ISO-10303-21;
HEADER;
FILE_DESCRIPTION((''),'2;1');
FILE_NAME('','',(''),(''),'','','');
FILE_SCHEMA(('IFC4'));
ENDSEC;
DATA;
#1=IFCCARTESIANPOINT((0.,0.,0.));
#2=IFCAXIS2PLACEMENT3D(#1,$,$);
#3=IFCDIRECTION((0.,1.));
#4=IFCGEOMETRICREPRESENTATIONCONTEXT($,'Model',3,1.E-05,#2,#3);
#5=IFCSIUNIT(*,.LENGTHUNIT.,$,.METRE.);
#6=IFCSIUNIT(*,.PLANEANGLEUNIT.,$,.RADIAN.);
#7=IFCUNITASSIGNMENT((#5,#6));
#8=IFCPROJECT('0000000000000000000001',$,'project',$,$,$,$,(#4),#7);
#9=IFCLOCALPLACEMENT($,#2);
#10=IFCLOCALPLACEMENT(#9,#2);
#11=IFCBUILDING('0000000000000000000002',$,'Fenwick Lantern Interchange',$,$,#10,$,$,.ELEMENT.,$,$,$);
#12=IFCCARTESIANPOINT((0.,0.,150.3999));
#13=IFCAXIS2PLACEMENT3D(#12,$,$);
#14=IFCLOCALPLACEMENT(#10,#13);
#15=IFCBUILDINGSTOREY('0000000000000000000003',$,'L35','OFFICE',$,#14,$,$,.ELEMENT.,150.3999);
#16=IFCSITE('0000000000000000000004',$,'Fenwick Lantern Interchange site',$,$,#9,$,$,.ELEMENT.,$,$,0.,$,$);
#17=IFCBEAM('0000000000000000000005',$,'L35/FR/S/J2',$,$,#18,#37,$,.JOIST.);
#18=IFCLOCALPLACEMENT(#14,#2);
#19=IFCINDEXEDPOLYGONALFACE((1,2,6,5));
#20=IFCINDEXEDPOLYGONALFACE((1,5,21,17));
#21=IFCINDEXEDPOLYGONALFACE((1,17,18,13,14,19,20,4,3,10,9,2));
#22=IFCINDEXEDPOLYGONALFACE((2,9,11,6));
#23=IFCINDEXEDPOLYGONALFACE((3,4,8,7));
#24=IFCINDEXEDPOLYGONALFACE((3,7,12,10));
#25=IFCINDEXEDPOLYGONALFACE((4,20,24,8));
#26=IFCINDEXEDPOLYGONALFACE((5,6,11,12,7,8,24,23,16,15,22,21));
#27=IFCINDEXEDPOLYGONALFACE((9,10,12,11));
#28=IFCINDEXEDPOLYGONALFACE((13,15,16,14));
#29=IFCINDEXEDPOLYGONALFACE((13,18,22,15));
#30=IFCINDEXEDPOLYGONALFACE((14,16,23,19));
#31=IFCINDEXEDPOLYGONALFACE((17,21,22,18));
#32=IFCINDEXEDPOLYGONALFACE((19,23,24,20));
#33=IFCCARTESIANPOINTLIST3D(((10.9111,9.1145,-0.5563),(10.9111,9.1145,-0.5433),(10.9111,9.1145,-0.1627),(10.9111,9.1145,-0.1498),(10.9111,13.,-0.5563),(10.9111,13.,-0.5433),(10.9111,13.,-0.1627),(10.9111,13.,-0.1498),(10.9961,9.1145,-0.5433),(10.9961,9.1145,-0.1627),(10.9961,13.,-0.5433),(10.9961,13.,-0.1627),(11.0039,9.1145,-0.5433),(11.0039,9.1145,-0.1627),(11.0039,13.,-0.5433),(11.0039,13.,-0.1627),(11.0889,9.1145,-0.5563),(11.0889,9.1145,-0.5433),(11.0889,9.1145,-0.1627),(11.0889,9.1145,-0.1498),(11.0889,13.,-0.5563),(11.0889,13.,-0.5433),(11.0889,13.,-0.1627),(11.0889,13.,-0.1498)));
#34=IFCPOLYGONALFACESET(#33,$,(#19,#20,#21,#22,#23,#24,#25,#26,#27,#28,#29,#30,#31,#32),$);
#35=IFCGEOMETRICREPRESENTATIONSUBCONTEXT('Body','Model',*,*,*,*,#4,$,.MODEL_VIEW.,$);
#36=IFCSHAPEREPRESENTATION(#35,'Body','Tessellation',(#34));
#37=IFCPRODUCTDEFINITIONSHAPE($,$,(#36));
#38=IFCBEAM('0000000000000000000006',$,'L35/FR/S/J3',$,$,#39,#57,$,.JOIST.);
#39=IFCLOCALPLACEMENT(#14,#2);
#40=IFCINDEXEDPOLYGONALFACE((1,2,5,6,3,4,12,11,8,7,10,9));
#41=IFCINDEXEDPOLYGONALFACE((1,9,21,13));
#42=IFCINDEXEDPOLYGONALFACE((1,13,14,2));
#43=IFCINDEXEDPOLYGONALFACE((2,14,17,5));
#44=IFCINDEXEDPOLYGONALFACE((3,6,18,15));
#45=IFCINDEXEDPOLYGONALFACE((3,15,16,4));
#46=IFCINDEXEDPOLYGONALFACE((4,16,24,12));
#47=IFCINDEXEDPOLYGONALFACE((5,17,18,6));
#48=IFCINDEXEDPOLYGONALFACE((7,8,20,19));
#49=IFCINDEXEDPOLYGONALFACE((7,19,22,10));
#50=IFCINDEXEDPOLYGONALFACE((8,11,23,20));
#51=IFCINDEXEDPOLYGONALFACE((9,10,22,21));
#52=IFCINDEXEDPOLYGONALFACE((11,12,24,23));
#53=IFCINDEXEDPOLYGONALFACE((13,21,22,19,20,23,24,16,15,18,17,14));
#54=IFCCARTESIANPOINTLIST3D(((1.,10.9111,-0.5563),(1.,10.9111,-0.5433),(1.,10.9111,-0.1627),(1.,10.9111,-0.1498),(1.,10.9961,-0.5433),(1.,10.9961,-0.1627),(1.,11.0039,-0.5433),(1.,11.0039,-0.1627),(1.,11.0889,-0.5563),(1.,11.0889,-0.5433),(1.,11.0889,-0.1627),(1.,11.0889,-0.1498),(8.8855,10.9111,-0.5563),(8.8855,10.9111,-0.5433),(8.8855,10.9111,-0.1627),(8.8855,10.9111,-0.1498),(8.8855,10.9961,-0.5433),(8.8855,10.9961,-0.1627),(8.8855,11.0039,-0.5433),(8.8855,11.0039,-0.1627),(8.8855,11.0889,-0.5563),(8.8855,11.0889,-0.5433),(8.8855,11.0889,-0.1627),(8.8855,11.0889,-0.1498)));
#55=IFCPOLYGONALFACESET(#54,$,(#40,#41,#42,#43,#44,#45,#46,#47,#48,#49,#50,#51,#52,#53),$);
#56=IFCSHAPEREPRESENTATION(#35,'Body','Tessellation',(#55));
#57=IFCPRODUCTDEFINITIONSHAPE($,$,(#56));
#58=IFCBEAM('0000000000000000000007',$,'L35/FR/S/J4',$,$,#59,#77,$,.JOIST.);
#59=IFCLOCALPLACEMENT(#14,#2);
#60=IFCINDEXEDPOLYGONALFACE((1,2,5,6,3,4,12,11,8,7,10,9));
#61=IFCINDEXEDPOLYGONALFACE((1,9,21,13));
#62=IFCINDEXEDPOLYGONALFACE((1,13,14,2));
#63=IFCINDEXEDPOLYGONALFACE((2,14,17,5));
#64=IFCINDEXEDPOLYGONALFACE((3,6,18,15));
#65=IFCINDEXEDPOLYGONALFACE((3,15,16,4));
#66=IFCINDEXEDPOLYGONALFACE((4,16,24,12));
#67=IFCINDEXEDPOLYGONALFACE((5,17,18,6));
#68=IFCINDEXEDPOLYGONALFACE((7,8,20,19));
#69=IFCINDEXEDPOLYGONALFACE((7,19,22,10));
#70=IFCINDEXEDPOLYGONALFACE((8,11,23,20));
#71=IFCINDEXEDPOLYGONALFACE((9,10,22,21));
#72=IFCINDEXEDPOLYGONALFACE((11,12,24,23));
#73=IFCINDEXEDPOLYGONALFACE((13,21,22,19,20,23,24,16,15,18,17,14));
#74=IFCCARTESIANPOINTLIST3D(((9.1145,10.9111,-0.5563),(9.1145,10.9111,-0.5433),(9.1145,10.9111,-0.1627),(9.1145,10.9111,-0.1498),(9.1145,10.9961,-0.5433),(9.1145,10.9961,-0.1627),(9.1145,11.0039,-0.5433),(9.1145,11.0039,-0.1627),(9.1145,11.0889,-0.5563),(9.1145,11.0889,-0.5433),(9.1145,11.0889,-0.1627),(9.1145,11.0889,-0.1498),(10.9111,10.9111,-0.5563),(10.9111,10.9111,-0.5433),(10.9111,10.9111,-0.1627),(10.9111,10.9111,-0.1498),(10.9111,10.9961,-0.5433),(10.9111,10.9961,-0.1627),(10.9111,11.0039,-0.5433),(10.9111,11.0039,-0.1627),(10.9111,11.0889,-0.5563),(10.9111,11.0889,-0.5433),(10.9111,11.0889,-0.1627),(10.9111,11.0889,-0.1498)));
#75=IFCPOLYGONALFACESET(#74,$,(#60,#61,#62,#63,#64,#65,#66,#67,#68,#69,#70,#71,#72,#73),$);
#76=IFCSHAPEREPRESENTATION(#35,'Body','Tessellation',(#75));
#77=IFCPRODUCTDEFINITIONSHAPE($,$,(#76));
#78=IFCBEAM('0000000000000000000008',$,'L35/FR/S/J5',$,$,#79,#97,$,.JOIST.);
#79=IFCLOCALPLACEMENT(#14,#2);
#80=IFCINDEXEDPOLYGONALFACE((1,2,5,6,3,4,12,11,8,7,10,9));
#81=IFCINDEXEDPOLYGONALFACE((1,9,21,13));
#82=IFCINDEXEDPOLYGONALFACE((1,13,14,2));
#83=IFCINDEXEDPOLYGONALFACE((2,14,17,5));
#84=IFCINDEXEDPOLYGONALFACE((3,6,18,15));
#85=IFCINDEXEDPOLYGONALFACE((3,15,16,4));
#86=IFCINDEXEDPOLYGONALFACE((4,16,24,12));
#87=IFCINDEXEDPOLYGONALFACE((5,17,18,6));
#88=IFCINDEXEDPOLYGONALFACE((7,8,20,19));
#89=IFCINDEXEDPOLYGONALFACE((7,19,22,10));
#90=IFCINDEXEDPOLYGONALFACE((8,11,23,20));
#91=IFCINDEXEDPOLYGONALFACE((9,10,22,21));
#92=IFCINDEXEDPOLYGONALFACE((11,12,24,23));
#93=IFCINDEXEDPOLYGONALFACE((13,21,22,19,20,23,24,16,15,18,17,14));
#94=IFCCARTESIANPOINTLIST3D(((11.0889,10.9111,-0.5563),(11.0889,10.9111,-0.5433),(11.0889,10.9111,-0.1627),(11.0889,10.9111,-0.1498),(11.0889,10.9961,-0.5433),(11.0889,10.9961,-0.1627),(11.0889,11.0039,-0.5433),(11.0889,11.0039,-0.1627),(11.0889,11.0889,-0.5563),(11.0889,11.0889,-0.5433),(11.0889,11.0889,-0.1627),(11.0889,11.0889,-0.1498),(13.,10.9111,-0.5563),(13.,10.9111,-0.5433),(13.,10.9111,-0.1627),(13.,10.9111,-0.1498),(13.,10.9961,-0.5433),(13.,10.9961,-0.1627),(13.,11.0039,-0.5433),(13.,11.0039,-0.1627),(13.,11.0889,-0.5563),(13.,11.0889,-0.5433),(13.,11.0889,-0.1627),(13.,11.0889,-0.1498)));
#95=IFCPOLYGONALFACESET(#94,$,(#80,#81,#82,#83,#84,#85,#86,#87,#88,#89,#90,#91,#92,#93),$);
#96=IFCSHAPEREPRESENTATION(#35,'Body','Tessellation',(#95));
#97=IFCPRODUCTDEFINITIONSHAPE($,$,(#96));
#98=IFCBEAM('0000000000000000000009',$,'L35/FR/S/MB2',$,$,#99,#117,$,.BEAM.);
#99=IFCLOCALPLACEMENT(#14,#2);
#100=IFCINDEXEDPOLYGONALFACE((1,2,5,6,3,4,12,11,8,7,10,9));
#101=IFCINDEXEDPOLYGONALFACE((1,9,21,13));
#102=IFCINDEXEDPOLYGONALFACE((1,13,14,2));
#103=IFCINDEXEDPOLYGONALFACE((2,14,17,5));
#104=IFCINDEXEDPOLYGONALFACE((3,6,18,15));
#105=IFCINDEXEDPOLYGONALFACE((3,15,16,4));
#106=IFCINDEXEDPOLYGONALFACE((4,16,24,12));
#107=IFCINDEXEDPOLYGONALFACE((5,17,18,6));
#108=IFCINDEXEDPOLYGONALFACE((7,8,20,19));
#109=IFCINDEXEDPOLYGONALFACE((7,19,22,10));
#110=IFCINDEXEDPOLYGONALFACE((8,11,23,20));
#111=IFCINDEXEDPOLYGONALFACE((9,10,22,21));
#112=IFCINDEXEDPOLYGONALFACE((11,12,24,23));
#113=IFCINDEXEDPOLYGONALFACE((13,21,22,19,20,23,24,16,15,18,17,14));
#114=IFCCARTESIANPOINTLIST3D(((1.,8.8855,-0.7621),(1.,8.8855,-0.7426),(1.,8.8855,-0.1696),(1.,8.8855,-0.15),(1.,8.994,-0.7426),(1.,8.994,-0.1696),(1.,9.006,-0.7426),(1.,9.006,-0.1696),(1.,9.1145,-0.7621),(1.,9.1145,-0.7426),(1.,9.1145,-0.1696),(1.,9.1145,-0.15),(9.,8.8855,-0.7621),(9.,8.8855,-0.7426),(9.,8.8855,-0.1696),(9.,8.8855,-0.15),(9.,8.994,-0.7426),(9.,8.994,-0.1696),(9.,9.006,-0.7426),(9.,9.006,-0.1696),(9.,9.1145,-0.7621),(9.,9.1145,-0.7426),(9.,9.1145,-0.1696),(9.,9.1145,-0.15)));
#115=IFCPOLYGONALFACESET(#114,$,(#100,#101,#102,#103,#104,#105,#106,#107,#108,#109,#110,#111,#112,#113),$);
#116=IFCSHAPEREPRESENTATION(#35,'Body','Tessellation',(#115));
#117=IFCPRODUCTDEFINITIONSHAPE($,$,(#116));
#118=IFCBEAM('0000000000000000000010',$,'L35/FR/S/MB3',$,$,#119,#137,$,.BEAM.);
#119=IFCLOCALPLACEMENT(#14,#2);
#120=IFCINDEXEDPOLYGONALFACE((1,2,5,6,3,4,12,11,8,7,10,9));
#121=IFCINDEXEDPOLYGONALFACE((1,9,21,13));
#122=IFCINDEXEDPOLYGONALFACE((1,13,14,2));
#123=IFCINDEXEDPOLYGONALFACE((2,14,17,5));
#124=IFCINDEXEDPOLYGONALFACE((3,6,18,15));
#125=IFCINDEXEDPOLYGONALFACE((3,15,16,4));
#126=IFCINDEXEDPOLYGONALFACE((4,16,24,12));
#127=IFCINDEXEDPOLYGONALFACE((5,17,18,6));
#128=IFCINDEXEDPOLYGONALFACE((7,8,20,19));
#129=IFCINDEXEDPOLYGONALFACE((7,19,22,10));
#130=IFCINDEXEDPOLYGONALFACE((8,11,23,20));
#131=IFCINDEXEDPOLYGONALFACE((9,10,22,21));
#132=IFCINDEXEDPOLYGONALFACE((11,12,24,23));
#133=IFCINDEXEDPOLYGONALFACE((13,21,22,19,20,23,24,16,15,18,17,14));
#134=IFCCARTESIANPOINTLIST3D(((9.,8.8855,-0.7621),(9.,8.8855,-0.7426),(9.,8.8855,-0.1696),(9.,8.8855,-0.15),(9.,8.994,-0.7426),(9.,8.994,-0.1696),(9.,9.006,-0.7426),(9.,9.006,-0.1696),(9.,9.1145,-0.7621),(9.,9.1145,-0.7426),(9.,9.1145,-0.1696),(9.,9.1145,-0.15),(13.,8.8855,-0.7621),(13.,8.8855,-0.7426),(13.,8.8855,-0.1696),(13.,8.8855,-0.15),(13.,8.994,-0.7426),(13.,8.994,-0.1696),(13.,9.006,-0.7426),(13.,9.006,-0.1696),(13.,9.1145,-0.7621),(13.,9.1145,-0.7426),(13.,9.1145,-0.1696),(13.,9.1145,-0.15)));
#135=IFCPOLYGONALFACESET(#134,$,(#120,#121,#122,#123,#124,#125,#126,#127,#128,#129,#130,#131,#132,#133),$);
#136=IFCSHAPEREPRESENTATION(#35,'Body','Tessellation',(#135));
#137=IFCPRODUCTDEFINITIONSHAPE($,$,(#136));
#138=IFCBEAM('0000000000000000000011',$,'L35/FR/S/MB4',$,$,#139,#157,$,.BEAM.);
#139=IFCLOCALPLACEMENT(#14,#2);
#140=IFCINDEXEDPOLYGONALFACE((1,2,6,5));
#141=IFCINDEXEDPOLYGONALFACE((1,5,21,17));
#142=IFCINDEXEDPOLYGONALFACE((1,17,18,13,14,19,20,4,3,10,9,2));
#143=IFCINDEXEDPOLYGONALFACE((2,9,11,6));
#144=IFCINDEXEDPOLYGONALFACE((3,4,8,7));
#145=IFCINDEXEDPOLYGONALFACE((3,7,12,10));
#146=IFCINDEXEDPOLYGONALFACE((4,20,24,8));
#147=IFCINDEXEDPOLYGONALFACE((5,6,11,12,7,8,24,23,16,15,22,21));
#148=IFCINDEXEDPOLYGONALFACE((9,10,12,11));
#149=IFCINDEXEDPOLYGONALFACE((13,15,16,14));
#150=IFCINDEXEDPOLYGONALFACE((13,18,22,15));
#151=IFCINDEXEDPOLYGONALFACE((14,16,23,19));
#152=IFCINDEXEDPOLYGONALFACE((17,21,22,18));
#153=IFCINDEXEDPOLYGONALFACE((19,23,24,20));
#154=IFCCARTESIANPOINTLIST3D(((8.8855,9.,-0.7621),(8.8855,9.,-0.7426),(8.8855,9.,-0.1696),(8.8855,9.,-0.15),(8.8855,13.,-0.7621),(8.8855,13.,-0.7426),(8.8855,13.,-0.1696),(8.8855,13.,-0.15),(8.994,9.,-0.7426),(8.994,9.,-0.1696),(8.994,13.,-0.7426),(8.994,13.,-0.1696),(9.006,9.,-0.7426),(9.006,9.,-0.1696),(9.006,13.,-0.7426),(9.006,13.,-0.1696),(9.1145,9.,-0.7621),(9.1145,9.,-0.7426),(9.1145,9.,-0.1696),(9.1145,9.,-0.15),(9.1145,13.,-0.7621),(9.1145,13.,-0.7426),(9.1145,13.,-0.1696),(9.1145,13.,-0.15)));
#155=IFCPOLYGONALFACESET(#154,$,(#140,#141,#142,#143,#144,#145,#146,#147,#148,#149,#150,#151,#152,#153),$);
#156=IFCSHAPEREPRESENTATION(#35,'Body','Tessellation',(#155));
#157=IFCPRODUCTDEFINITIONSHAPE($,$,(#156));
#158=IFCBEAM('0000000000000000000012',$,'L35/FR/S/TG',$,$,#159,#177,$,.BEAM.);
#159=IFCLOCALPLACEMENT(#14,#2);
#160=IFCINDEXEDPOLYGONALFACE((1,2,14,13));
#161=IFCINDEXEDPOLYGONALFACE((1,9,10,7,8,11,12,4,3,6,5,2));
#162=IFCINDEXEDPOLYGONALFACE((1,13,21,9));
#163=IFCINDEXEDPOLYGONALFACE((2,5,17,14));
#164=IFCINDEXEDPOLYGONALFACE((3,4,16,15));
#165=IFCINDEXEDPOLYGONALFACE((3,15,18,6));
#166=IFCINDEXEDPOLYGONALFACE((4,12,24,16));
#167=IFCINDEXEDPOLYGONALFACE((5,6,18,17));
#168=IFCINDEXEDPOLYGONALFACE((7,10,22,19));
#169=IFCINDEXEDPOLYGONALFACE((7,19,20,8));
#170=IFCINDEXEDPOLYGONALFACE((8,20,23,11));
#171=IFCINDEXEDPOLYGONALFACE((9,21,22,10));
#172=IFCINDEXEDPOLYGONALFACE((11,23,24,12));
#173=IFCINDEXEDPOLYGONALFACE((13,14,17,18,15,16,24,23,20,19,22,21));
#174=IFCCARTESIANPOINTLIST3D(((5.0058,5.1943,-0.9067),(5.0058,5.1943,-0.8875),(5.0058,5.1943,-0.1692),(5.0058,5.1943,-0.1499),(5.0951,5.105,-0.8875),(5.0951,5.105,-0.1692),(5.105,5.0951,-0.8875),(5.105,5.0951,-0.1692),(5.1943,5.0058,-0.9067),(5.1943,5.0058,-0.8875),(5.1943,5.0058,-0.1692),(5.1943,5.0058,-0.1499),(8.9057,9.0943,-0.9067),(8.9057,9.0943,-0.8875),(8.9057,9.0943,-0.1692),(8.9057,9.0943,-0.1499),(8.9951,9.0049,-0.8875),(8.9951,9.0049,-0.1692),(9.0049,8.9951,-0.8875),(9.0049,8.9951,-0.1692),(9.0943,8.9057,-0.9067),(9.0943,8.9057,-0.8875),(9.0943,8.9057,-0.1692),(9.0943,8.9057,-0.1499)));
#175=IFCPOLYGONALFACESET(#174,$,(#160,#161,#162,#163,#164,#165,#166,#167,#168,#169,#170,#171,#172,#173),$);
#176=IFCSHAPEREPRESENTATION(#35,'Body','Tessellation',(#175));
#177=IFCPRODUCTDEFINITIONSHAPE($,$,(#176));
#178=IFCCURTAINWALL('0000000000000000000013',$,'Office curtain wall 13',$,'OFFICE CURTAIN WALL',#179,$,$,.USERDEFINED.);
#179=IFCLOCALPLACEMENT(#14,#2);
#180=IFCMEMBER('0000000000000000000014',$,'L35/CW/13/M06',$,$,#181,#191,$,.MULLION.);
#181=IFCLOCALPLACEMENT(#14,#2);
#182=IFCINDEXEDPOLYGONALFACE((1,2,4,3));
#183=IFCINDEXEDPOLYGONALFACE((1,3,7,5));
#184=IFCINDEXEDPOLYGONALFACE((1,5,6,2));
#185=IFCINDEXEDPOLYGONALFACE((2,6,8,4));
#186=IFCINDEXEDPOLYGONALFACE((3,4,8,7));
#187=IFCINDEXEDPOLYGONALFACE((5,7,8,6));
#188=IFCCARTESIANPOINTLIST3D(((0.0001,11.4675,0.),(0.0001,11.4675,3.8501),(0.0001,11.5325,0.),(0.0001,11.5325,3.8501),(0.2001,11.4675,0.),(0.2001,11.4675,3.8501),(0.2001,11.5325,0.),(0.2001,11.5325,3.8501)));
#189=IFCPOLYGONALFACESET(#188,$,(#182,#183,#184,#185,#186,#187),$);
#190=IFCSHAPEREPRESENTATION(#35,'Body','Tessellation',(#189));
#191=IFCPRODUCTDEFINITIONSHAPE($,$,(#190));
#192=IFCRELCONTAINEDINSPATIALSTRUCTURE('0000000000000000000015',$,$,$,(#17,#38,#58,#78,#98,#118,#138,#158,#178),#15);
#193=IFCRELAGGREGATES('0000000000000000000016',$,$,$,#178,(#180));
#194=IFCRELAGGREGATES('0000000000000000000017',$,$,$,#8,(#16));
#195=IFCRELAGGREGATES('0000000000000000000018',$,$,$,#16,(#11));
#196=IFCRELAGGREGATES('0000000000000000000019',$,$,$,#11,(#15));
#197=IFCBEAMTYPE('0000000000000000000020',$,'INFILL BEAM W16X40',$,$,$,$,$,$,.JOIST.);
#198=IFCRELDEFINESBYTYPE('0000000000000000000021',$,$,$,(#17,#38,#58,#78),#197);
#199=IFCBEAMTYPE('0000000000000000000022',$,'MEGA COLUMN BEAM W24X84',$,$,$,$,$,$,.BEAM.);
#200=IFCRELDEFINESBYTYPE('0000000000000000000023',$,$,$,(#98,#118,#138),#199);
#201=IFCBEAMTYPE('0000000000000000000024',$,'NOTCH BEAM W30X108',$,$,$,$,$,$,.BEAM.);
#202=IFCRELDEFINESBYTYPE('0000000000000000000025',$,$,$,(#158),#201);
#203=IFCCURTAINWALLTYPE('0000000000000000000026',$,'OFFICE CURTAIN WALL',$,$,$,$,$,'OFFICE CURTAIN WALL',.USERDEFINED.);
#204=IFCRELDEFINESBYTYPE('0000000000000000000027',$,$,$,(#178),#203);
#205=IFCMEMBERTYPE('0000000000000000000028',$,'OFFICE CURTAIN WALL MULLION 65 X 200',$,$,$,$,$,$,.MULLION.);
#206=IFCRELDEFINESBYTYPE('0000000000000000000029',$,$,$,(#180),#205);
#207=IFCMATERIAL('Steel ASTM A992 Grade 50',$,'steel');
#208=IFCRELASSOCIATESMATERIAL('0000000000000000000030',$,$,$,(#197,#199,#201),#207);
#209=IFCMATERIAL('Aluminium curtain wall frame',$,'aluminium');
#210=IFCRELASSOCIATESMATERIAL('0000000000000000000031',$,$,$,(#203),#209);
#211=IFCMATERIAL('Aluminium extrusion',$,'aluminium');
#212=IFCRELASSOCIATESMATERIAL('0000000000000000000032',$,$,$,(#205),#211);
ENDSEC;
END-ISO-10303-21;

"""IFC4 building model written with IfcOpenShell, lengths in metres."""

from ifc_helpers import new_model, si_unit, direction, frame, origin, origin_2d, place, context, subcontext, project, spatial, rectangle, i_section, extrude, material, material_profile, profile_set, type_object, element, aggregate, save


model = new_model("IFC4")

# Units and contexts
model_context = context("Model", 3, precision=1e-05, world=origin(), true_north=direction((0.0, 1.0)))
body_context = subcontext(model_context, "Body", "Model", "MODEL_VIEW")
ifc_project = project(units=[si_unit("LENGTHUNIT", "METRE"), si_unit("PLANEANGLEUNIT", "RADIAN")], contexts=[model_context])

# Site, building, storey
site_placement = place(None, origin())
site = spatial("IfcSite", under=ifc_project, at=site_placement, Name="Fenwick Lantern Interchange site", CompositionType="ELEMENT", RefElevation=0.0)
building_placement = place(site_placement, origin())
building = spatial("IfcBuilding", under=site, at=building_placement, Name="Fenwick Lantern Interchange", CompositionType="ELEMENT")
storey_placement = place(building_placement, frame((0.0, 0.0, 150.3999)))
storey = spatial("IfcBuildingStorey", under=building, at=storey_placement, Name="L35", Description="OFFICE", CompositionType="ELEMENT", Elevation=150.3999)

# Beams
ifc_material_1 = material(Name="Steel ASTM A992 Grade 50", Category="steel")
ifc_material_profile_1 = material_profile(ifc_material_1, i_section(OverallWidth=0.1777, OverallDepth=0.4065, WebThickness=0.0078, FlangeThickness=0.0129, at=origin_2d()), Name="W16X40")
ifc_profile_set_1 = profile_set([ifc_material_profile_1], Name="Steel ASTM A992 Grade 50")
beam_type_1 = type_object("IfcBeamType", Name="INFILL BEAM W16X40", PredefinedType="JOIST", material=ifc_profile_set_1)
beam_1_placement = place(storey_placement, frame((11.0, 9.1145, -0.353), z_axis=(0.0, 1.0, 0.0), x_axis=(-1.0, 0.0, 0.0)))
element("IfcBeam", 1, at=beam_1_placement, inside=storey, type_object=beam_type_1, Name="L35/FR/S/J2", PredefinedType="JOIST", context=body_context, shape_type="SweptSolid", body=[
    extrude(i_section(OverallWidth=0.1777, OverallDepth=0.4065, WebThickness=0.0078, FlangeThickness=0.0129, at=origin_2d()), origin(), (0.0, 0.0, 1.0), 3.8855),
])
beam_2_placement = place(storey_placement, frame((1.0, 11.0, -0.353), z_axis=(1.0, 0.0, 0.0), x_axis=(0.0, 1.0, 0.0)))
element("IfcBeam", 2, at=beam_2_placement, inside=storey, type_object=beam_type_1, Name="L35/FR/S/J3", PredefinedType="JOIST", context=body_context, shape_type="SweptSolid", body=[
    extrude(i_section(OverallWidth=0.1777, OverallDepth=0.4065, WebThickness=0.0078, FlangeThickness=0.0129, at=origin_2d()), origin(), (0.0, 0.0, 1.0), 7.8855),
])
beam_3_placement = place(storey_placement, frame((9.1145, 11.0, -0.353), z_axis=(1.0, 0.0, 0.0), x_axis=(0.0, 1.0, 0.0)))
element("IfcBeam", 3, at=beam_3_placement, inside=storey, type_object=beam_type_1, Name="L35/FR/S/J4", PredefinedType="JOIST", context=body_context, shape_type="SweptSolid", body=[
    extrude(i_section(OverallWidth=0.1777, OverallDepth=0.4065, WebThickness=0.0078, FlangeThickness=0.0129, at=origin_2d()), origin(), (0.0, 0.0, 1.0), 1.7966),
])
beam_4_placement = place(storey_placement, frame((11.0889, 11.0, -0.353), z_axis=(1.0, 0.0, 0.0), x_axis=(0.0, 1.0, 0.0)))
element("IfcBeam", 4, at=beam_4_placement, inside=storey, type_object=beam_type_1, Name="L35/FR/S/J5", PredefinedType="JOIST", context=body_context, shape_type="SweptSolid", body=[
    extrude(i_section(OverallWidth=0.1777, OverallDepth=0.4065, WebThickness=0.0078, FlangeThickness=0.0129, at=origin_2d()), origin(), (0.0, 0.0, 1.0), 1.9111),
])
ifc_material_profile_2 = material_profile(ifc_material_1, i_section(OverallWidth=0.229, OverallDepth=0.6121, WebThickness=0.012, FlangeThickness=0.0195, at=origin_2d()), Name="W24X84")
ifc_profile_set_2 = profile_set([ifc_material_profile_2], Name="Steel ASTM A992 Grade 50")
beam_type_2 = type_object("IfcBeamType", Name="MEGA COLUMN BEAM W24X84", PredefinedType="BEAM", material=ifc_profile_set_2)
beam_5_placement = place(storey_placement, frame((9.0, 9.0, -0.4561), z_axis=(-1.0, 0.0, 0.0), x_axis=(0.0, -1.0, 0.0)))
element("IfcBeam", 5, at=beam_5_placement, inside=storey, type_object=beam_type_2, Name="L35/FR/S/MB2", PredefinedType="BEAM", context=body_context, shape_type="SweptSolid", body=[
    extrude(i_section(OverallWidth=0.229, OverallDepth=0.6121, WebThickness=0.012, FlangeThickness=0.0195, at=origin_2d()), origin(), (0.0, 0.0, 1.0), 8.0),
])
for number, where, z_axis, x_axis, name in (
    (6, (9.0, 9.0, -0.4561), (1.0, 0.0, 0.0), (0.0, 1.0, 0.0), "L35/FR/S/MB3"),
    (7, (9.0, 9.0, -0.4561), (0.0, 1.0, 0.0), (-1.0, 0.0, 0.0), "L35/FR/S/MB4"),
):
    element("IfcBeam", number, at=place(storey_placement, frame(where, z_axis=z_axis, x_axis=x_axis)), inside=storey, type_object=beam_type_2, Name=name, PredefinedType="BEAM", context=body_context, shape_type="SweptSolid", body=[
        extrude(i_section(OverallWidth=0.229, OverallDepth=0.6121, WebThickness=0.012, FlangeThickness=0.0195, at=origin_2d()), origin(), (0.0, 0.0, 1.0), 4.0),
    ])
ifc_material_profile_3 = material_profile(ifc_material_1, i_section(OverallWidth=0.2666, OverallDepth=0.7568, WebThickness=0.0139, FlangeThickness=0.0193, at=origin_2d()), Name="W30X108")
ifc_profile_set_3 = profile_set([ifc_material_profile_3], Name="Steel ASTM A992 Grade 50")
beam_type_3 = type_object("IfcBeamType", Name="NOTCH BEAM W30X108", PredefinedType="BEAM", material=ifc_profile_set_3)
beam_6_placement = place(storey_placement, frame((9.0, 9.0, -0.5283), z_axis=(-0.707107, -0.707107, 0.0), x_axis=(0.707107, -0.707107, 0.0)))
element("IfcBeam", 8, at=beam_6_placement, inside=storey, type_object=beam_type_3, Name="L35/FR/S/TG", PredefinedType="BEAM", context=body_context, shape_type="SweptSolid", body=[
    extrude(i_section(OverallWidth=0.2666, OverallDepth=0.7568, WebThickness=0.0139, FlangeThickness=0.0193, at=origin_2d()), origin(), (0.0, 0.0, 1.0), 5.5154),
])

# Curtain wall, member
ifc_material_2 = material(Name="Aluminium curtain wall frame", Category="aluminium")
curtain_wall_type = type_object("IfcCurtainWallType", Name="OFFICE CURTAIN WALL", ElementType="OFFICE CURTAIN WALL", PredefinedType="USERDEFINED", material=ifc_material_2)
curtain_wall_placement = place(storey_placement, origin())
curtain_wall = element("IfcCurtainWall", 9, at=curtain_wall_placement, inside=storey, type_object=curtain_wall_type, Name="Office curtain wall 13", ObjectType="OFFICE CURTAIN WALL", PredefinedType="USERDEFINED")
ifc_material_3 = material(Name="Aluminium extrusion", Category="aluminium")
ifc_material_profile_4 = material_profile(ifc_material_3, rectangle(XDim=0.2, YDim=0.0649, at=origin_2d()), Name="OFFICE CURTAIN WALL MULLION 65 X 200")
ifc_profile_set_4 = profile_set([ifc_material_profile_4], Name="Aluminium extrusion")
member_type_1 = type_object("IfcMemberType", Name="OFFICE CURTAIN WALL MULLION 65 X 200", PredefinedType="MULLION", material=ifc_profile_set_4)
member_1_placement = place(storey_placement, frame((0.1001, 11.5, 0.0), z_axis=(0.0, 0.0, 1.0), x_axis=(1.0, 0.0, 0.0)))
member_1 = element("IfcMember", 10, at=member_1_placement, type_object=member_type_1, Name="L35/CW/13/M06", PredefinedType="MULLION", context=body_context, shape_type="SweptSolid", body=[
    extrude(rectangle(XDim=0.2, YDim=0.0649, at=origin_2d()), origin(), (0.0, 0.0, 1.0), 3.8501),
])
aggregate(curtain_wall, [member_1])

save(model, "model.ifc")
